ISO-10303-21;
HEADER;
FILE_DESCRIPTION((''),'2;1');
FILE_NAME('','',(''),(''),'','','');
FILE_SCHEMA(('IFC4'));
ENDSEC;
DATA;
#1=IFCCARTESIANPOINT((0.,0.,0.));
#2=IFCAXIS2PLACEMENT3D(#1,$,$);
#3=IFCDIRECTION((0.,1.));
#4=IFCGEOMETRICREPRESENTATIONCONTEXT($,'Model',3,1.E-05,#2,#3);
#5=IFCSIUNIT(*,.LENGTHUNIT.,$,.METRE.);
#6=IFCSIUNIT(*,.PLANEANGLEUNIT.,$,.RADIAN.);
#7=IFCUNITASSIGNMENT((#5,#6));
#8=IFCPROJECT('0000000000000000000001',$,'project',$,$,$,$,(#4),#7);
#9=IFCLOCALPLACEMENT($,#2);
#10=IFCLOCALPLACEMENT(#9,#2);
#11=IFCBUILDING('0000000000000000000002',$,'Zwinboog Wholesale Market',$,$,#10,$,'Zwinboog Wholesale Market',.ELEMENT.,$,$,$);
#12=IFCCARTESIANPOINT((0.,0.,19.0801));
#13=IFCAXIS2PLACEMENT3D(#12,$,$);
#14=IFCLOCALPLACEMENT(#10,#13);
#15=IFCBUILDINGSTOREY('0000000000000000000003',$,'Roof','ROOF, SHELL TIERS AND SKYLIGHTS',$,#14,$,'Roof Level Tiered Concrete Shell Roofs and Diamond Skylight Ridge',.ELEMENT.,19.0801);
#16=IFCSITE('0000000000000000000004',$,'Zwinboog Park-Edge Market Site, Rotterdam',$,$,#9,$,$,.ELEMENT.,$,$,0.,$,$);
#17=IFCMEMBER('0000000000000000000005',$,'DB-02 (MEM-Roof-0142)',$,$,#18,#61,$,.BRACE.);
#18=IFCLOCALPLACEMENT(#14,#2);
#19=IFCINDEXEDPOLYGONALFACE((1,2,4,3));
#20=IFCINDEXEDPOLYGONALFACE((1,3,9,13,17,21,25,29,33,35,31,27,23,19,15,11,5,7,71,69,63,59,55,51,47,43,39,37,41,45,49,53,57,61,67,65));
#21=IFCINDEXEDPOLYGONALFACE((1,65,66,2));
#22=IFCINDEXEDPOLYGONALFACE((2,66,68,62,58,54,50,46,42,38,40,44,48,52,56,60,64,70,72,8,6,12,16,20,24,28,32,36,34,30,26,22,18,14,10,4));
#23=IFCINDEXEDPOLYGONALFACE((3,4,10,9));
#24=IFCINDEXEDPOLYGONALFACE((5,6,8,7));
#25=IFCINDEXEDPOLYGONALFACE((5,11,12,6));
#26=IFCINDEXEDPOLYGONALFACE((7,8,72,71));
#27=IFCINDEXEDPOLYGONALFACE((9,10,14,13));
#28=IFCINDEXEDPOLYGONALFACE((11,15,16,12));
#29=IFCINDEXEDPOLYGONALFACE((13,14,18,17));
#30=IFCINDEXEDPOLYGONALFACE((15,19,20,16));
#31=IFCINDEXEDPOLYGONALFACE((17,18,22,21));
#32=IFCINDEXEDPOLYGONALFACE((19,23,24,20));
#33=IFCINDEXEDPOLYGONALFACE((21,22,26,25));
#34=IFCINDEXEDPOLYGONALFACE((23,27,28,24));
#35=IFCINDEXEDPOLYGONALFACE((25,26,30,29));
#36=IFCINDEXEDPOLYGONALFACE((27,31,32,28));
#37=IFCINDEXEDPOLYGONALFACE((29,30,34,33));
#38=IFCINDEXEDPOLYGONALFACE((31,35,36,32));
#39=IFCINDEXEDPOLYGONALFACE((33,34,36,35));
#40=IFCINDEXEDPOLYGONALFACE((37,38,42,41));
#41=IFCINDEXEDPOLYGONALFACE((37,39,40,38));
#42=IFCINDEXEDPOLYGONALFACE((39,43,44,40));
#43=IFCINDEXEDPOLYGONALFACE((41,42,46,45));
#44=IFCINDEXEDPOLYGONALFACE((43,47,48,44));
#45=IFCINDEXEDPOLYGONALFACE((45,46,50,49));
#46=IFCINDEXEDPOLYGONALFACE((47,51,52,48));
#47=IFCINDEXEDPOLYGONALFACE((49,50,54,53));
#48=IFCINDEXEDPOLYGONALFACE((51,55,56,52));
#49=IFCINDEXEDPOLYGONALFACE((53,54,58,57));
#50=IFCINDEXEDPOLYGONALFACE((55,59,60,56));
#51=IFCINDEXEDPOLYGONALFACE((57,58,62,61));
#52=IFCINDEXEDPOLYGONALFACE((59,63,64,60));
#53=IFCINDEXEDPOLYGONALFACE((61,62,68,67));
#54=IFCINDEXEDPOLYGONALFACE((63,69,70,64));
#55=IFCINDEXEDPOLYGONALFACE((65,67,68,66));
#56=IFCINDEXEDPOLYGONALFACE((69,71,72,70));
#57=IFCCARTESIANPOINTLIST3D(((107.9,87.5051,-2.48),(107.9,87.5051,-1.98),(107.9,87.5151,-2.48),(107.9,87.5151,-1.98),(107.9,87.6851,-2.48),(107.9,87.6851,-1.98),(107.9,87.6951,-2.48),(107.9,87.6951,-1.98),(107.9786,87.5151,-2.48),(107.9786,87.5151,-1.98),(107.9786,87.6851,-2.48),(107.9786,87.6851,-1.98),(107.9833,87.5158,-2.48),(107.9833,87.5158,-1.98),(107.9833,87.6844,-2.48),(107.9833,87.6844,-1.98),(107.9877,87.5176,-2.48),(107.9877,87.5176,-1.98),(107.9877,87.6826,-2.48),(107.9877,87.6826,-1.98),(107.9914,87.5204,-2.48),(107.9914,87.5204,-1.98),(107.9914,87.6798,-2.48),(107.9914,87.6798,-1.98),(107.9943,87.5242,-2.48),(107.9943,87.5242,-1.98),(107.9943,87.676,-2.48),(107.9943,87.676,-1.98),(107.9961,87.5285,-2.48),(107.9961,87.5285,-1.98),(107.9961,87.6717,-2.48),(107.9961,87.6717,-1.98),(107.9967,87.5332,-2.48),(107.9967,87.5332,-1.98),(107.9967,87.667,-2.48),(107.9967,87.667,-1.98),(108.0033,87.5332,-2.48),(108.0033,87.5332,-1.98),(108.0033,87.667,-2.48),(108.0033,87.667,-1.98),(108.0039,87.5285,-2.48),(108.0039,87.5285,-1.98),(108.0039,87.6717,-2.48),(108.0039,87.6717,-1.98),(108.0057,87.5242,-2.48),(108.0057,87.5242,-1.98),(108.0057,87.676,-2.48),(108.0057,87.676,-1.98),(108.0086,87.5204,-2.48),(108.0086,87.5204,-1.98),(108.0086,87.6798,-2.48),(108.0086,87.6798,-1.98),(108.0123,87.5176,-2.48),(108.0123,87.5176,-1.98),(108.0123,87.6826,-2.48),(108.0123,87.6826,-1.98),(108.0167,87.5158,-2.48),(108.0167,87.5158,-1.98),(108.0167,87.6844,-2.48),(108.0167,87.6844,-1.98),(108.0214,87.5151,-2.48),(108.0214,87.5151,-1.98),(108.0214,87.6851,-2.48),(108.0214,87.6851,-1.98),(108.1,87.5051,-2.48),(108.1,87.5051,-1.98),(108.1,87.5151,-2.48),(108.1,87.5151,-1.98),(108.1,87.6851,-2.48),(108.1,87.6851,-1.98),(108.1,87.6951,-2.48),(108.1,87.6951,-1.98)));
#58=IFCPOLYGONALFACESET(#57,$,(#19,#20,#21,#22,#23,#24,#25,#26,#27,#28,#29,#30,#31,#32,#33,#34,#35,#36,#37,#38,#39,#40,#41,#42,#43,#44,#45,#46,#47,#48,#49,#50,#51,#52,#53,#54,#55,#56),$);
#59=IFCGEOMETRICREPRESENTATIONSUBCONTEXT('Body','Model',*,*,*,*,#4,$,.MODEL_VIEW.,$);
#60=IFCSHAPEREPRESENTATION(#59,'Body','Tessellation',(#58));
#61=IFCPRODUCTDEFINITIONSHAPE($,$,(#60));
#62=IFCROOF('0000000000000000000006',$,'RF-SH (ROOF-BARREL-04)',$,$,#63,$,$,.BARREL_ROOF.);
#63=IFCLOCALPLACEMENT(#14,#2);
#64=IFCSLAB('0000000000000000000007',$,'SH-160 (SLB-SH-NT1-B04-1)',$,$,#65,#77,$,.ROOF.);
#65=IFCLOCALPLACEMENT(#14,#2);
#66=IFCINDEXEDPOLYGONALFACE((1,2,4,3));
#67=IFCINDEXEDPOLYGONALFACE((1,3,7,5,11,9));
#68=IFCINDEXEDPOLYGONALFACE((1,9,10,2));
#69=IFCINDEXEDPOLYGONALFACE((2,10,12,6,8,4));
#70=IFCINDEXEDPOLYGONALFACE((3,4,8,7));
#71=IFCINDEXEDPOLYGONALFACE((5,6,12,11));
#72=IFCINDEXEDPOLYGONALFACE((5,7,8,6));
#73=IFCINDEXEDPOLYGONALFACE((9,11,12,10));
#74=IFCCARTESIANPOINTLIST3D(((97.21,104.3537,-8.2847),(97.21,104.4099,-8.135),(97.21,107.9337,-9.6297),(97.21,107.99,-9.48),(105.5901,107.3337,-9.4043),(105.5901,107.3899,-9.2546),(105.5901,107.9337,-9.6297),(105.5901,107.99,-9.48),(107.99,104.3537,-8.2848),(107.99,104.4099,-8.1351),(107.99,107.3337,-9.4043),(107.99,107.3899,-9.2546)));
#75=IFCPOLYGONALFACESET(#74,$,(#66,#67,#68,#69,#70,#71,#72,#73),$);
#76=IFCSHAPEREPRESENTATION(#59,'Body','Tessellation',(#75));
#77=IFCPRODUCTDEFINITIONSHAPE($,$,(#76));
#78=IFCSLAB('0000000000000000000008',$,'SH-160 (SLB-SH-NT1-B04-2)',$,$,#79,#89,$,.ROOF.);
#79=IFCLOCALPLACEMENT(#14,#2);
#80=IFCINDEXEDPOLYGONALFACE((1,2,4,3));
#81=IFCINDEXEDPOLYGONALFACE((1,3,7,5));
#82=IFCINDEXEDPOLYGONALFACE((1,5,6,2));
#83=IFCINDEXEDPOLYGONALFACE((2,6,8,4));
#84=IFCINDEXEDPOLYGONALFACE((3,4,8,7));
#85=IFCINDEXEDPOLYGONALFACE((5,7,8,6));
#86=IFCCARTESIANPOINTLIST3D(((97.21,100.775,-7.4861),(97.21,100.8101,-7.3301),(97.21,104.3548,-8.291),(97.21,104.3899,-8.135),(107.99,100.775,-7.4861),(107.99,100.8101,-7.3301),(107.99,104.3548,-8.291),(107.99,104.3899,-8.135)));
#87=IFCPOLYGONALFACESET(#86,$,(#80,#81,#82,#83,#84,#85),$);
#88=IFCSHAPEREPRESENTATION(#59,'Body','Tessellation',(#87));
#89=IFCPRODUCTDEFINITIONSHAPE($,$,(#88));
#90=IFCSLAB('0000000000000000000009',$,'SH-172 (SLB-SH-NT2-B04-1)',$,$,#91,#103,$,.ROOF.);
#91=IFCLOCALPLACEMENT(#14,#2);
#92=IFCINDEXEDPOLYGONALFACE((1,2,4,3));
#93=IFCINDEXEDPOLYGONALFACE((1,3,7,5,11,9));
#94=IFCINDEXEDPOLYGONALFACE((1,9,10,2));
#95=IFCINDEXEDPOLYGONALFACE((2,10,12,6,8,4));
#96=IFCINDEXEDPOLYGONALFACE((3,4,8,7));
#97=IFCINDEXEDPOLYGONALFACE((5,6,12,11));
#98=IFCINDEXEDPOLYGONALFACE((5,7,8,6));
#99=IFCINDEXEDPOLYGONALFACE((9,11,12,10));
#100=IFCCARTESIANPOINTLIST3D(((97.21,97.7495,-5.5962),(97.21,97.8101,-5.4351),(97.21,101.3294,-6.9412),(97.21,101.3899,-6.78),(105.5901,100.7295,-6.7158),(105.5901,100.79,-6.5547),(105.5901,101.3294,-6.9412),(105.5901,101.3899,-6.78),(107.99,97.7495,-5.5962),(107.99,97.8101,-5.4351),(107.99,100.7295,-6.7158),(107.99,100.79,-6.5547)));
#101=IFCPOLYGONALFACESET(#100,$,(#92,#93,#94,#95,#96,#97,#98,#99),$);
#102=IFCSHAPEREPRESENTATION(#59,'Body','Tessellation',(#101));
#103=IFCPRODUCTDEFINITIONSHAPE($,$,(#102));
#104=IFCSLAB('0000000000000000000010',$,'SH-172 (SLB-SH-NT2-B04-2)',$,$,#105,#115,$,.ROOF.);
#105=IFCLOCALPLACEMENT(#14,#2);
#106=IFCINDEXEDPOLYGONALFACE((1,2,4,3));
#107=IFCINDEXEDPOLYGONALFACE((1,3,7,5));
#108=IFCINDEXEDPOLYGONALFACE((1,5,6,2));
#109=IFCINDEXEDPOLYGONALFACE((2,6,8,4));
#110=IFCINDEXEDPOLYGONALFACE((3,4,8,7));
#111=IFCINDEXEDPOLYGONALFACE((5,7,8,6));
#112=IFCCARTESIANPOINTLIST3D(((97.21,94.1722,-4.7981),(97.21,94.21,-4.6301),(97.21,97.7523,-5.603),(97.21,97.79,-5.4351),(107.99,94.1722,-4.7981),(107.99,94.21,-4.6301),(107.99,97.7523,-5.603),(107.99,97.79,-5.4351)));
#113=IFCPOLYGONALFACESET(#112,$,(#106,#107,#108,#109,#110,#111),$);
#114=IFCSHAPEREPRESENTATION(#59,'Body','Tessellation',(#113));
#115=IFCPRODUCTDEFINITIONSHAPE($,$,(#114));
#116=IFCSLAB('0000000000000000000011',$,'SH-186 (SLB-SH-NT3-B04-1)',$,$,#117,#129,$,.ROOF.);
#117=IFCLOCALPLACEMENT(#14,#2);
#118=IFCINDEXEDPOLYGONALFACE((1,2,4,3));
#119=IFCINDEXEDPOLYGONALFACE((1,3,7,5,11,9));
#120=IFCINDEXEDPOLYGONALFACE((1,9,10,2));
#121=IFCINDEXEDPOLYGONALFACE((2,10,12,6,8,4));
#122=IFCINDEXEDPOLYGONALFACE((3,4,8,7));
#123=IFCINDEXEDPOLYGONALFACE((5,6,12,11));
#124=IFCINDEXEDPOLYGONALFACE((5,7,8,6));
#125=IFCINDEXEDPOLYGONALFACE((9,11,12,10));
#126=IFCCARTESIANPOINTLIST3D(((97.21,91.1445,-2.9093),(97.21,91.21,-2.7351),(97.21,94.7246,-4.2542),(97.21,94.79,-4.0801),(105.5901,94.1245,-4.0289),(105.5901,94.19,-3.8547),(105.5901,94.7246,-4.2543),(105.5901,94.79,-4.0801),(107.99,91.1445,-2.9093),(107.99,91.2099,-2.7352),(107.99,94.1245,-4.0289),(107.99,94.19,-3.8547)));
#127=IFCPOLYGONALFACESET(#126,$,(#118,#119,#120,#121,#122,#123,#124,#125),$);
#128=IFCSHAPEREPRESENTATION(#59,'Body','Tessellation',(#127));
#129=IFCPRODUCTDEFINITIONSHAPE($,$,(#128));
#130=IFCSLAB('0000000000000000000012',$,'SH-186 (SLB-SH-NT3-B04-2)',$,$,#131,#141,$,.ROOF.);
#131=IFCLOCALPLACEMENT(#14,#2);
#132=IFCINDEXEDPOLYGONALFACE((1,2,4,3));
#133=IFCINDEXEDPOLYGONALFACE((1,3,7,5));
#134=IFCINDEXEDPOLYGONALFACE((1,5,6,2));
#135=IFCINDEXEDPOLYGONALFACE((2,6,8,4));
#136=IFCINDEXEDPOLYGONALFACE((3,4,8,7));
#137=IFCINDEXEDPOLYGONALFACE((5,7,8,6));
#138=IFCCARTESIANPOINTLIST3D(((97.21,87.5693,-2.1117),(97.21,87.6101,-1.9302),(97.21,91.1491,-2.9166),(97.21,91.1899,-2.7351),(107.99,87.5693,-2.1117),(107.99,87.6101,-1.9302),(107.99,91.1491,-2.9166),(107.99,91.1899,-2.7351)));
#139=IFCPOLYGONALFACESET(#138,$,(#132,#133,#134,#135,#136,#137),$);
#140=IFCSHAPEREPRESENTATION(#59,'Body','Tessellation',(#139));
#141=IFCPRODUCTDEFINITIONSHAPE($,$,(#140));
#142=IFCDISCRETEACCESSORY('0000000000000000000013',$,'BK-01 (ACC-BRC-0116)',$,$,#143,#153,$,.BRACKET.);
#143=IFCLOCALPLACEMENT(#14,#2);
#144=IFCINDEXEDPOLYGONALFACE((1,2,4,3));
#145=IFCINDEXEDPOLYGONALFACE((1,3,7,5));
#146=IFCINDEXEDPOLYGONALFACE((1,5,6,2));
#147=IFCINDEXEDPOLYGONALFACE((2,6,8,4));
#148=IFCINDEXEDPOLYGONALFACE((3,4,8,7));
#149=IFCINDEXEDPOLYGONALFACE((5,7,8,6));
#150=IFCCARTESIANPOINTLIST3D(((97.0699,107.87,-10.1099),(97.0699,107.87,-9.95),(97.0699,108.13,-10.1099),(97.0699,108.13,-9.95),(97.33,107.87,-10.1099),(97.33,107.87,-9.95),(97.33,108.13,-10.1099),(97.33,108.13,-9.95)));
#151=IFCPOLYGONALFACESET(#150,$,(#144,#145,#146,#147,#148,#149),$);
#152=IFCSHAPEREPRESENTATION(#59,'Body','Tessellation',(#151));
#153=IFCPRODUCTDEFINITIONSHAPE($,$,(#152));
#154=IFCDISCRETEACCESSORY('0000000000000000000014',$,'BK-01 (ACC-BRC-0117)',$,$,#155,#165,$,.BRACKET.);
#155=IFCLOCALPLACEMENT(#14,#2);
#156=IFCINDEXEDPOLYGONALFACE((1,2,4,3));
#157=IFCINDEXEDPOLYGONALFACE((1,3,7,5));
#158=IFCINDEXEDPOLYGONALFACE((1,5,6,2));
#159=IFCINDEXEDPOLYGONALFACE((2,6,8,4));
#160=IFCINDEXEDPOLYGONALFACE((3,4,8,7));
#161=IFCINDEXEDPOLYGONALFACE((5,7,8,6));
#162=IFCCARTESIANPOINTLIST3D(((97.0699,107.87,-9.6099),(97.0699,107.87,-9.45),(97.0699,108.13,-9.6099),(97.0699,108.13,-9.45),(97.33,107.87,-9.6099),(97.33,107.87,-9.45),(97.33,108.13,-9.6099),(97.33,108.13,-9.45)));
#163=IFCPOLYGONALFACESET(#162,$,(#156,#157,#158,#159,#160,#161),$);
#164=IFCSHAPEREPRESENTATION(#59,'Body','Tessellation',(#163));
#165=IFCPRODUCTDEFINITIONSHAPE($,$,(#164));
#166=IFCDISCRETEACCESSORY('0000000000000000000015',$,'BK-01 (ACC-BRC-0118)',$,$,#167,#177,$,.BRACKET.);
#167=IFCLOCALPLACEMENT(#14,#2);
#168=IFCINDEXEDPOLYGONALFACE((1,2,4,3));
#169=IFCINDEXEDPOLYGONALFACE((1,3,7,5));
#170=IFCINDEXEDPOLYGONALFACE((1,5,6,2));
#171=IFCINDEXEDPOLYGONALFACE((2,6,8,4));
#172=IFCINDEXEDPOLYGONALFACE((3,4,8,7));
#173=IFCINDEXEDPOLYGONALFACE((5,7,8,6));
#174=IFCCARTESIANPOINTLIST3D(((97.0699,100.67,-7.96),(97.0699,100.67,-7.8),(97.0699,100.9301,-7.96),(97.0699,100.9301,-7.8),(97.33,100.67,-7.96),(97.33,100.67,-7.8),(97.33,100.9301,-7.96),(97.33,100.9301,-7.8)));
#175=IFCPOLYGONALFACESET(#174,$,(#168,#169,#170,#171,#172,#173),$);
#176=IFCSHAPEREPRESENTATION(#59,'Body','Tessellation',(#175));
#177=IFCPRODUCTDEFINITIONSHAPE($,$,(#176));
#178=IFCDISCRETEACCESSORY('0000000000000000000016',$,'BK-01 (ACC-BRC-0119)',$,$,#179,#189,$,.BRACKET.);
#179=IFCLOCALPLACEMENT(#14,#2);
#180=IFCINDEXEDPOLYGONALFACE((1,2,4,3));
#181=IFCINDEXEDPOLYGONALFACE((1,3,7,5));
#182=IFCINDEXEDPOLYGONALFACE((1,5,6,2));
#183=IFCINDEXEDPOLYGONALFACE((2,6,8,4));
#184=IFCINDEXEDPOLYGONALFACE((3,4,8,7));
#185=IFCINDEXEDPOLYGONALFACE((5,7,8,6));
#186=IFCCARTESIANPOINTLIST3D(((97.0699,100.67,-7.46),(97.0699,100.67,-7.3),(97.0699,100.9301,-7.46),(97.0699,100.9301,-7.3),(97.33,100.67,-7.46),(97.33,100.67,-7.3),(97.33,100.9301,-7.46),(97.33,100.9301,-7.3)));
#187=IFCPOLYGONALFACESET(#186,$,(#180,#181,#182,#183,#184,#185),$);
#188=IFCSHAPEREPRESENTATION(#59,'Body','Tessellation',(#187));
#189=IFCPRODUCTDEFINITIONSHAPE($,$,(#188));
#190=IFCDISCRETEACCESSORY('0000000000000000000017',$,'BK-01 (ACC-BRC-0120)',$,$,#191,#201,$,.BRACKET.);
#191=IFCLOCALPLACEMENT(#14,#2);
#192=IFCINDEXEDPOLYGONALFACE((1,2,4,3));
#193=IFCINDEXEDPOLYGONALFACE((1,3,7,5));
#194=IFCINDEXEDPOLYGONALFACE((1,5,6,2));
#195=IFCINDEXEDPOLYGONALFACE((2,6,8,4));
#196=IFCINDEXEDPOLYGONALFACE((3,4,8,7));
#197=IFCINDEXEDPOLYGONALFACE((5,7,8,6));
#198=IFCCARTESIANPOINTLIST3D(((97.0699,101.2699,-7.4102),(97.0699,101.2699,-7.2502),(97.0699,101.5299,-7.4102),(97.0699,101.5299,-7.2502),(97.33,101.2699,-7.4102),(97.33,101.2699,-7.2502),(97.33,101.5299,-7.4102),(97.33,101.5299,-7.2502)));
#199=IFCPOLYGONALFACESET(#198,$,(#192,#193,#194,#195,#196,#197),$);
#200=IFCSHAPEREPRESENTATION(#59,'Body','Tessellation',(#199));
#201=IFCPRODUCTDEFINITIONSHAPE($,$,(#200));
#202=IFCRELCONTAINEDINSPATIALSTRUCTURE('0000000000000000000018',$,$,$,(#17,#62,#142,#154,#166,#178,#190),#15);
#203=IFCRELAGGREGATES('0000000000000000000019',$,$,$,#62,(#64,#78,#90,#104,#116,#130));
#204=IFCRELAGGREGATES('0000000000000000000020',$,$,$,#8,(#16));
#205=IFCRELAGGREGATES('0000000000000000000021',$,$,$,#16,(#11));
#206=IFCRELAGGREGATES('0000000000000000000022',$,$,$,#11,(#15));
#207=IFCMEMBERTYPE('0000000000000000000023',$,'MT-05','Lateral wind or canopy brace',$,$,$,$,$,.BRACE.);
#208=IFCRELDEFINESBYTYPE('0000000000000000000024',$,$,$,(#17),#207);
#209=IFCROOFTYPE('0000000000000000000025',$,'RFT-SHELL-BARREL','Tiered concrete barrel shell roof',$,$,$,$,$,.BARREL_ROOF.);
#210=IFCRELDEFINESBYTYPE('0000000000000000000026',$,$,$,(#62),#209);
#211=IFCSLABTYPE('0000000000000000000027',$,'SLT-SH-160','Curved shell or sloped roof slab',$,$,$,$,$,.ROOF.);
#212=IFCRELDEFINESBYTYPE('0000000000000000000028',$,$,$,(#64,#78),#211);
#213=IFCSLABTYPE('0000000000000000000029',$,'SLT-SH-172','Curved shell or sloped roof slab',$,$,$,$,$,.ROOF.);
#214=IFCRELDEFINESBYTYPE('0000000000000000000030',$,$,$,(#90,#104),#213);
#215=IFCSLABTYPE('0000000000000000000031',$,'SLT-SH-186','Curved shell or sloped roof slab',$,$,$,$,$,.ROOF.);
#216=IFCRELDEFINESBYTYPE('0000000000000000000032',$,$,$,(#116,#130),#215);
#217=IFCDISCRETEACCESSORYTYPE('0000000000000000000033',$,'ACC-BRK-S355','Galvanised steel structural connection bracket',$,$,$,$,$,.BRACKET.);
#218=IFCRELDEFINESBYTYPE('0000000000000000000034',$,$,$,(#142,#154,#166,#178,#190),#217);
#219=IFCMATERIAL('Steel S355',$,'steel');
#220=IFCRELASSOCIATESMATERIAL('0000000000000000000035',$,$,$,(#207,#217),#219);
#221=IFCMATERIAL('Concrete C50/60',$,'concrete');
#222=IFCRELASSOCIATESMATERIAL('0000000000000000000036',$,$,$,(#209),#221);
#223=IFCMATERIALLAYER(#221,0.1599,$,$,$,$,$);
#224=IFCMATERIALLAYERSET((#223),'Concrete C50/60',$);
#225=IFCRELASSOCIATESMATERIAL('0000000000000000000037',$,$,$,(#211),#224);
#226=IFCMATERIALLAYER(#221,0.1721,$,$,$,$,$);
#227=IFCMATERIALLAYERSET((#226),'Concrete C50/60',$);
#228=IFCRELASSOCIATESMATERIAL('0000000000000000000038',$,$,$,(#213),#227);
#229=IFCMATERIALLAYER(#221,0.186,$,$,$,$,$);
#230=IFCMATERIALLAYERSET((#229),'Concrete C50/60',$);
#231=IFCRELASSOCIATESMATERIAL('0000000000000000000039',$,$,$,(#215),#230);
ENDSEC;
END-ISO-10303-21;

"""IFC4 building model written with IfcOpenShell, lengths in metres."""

from ifc_helpers import new_model, si_unit, direction, frame, origin, origin_2d, place, context, subcontext, project, spatial, polyline, rectangle, i_section, outline, extrude, material, layer, layer_set, material_profile, profile_set, type_object, element, aggregate, save


model = new_model("IFC4")

# Units and contexts
model_context = context("Model", 3, precision=1e-05, world=origin(), true_north=direction((0.0, 1.0)))
body_context = subcontext(model_context, "Body", "Model", "MODEL_VIEW")
ifc_project = project(units=[si_unit("LENGTHUNIT", "METRE"), si_unit("PLANEANGLEUNIT", "RADIAN")], contexts=[model_context])

# Site, building, storey
site_placement = place(None, origin())
site = spatial("IfcSite", under=ifc_project, at=site_placement, Name="Zwinboog Park-Edge Market Site, Rotterdam", CompositionType="ELEMENT", RefElevation=0.0)
building_placement = place(site_placement, origin())
building = spatial("IfcBuilding", under=site, at=building_placement, Name="Zwinboog Wholesale Market", LongName="Zwinboog Wholesale Market", CompositionType="ELEMENT")
storey_placement = place(building_placement, frame((0.0, 0.0, 19.0801)))
storey = spatial("IfcBuildingStorey", under=building, at=storey_placement, Name="Roof", Description="ROOF, SHELL TIERS AND SKYLIGHTS", LongName="Roof Level Tiered Concrete Shell Roofs and Diamond Skylight Ridge", CompositionType="ELEMENT", Elevation=19.0801)

# Member
ifc_material_1 = material(Name="Steel S355", Category="steel")
ifc_material_profile_1 = material_profile(ifc_material_1, i_section(OverallWidth=0.2, OverallDepth=0.1899, WebThickness=0.0066, FlangeThickness=0.01, FilletRadius=0.0181, at=origin_2d()), Name="HEA 200")
ifc_profile_set_1 = profile_set([ifc_material_profile_1], Name="Steel S355")
member_type_1 = type_object("IfcMemberType", Name="MT-05", Description="Lateral wind or canopy brace", PredefinedType="BRACE", material=ifc_profile_set_1)
for number, where, z_axis, x_axis, name in (
    (1, (108.0, 87.6001, -2.48), (0.0, 0.0, 1.0), (1.0, 0.0, 0.0), "DB-02 (MEM-Roof-0142)"),
):
    element("IfcMember", number, at=place(storey_placement, frame(where, z_axis=z_axis, x_axis=x_axis)), inside=storey, type_object=member_type_1, Name=name, PredefinedType="BRACE", context=body_context, shape_type="SweptSolid", body=[
        extrude(i_section(OverallWidth=0.2, OverallDepth=0.1899, WebThickness=0.0066, FlangeThickness=0.01, FilletRadius=0.0181, at=origin_2d()), origin(), (0.0, 0.0, 1.0), 0.5),
    ])

# Roof, slabs
ifc_material_2 = material(Name="Concrete C50/60", Category="concrete")
roof_type = type_object("IfcRoofType", Name="RFT-SHELL-BARREL", Description="Tiered concrete barrel shell roof", PredefinedType="BARREL_ROOF", material=ifc_material_2)
roof_placement = place(storey_placement, origin())
roof = element("IfcRoof", 2, at=roof_placement, inside=storey, type_object=roof_type, Name="RF-SH (ROOF-BARREL-04)", PredefinedType="BARREL_ROOF")
ifc_layer_1 = layer(ifc_material_2, 0.1599)
ifc_layer_set_1 = layer_set([ifc_layer_1], Name="Concrete C50/60")
slab_type_1 = type_object("IfcSlabType", Name="SLT-SH-160", Description="Curved shell or sloped roof slab", PredefinedType="ROOF", material=ifc_layer_set_1)
slab_1_placement = place(storey_placement, frame((97.21, 104.4099, -8.135), z_axis=(0.000005, 0.351689, 0.936117), x_axis=(1.0, -0.000002, -0.000004)))
slab_1 = element("IfcSlab", 3, at=slab_1_placement, type_object=slab_type_1, Name="SH-160 (SLB-SH-NT1-B04-1)", PredefinedType="ROOF", context=body_context, shape_type="SweptSolid", body=[
    extrude(outline(polyline([(0.0, 0.0), (10.78, 0.0), (10.78, 3.1834), (8.3801, 3.1834), (8.3801, 3.8244), (0.0, 3.8244), (0.0, 0.0)])), origin(), (0.0, 0.0, -1.0), 0.1599),
])
slab_2_placement = place(storey_placement, frame((97.21, 100.8101, -7.3301), z_axis=(0.0, 0.219374, 0.975641), x_axis=(1.0, 0.0, 0.0)))
slab_2 = element("IfcSlab", 4, at=slab_2_placement, type_object=slab_type_1, Name="SH-160 (SLB-SH-NT1-B04-2)", PredefinedType="ROOF", context=body_context, shape_type="SweptSolid", body=[
    extrude(outline(polyline([(0.0, 0.0), (10.78, 0.0), (10.78, 3.6692), (0.0, 3.6692), (0.0, 0.0)])), origin(), (0.0, 0.0, -1.0), 0.1599),
])
ifc_layer_2 = layer(ifc_material_2, 0.1721)
ifc_layer_set_2 = layer_set([ifc_layer_2], Name="Concrete C50/60")
slab_type_2 = type_object("IfcSlabType", Name="SLT-SH-172", Description="Curved shell or sloped roof slab", PredefinedType="ROOF", material=ifc_layer_set_2)
slab_3_placement = place(storey_placement, frame((97.21, 97.8101, -5.4351), z_axis=(0.000001, 0.351706, 0.936111), x_axis=(1.0, 0.0, -0.000001)))
slab_3 = element("IfcSlab", 5, at=slab_3_placement, type_object=slab_type_2, Name="SH-172 (SLB-SH-NT2-B04-1)", PredefinedType="ROOF", context=body_context, shape_type="SweptSolid", body=[
    extrude(outline(polyline([(0.0, 0.0), (10.78, 0.0), (10.78, 3.1834), (8.3801, 3.1834), (8.3801, 3.8242), (0.0, 3.8242), (0.0, 0.0)])), origin(), (0.0, 0.0, -1.0), 0.1721),
])
slab_4_placement = place(storey_placement, frame((97.21, 94.21, -4.6301), z_axis=(0.0, 0.21936, 0.975644), x_axis=(1.0, 0.0, 0.0)))
slab_4 = element("IfcSlab", 6, at=slab_4_placement, type_object=slab_type_2, Name="SH-172 (SLB-SH-NT2-B04-2)", PredefinedType="ROOF", context=body_context, shape_type="SweptSolid", body=[
    extrude(outline(polyline([(0.0, 0.0), (10.78, 0.0), (10.78, 3.6695), (0.0, 3.6695), (0.0, 0.0)])), origin(), (0.0, 0.0, -1.0), 0.1721),
])
ifc_layer_3 = layer(ifc_material_2, 0.186)
ifc_layer_set_3 = layer_set([ifc_layer_3], Name="Concrete C50/60")
slab_type_3 = type_object("IfcSlabType", Name="SLT-SH-186", Description="Curved shell or sloped roof slab", PredefinedType="ROOF", material=ifc_layer_set_3)
slab_5_placement = place(storey_placement, frame((97.21, 91.21, -2.7351), z_axis=(0.000005, 0.351689, 0.936117), x_axis=(1.0, -0.000002, -0.000004)))
slab_5 = element("IfcSlab", 7, at=slab_5_placement, type_object=slab_type_3, Name="SH-186 (SLB-SH-NT3-B04-1)", PredefinedType="ROOF", context=body_context, shape_type="SweptSolid", body=[
    extrude(outline(polyline([(0.0, 0.0), (10.78, 0.0), (10.78, 3.1834), (8.3801, 3.1834), (8.3801, 3.8244), (0.0, 3.8244), (0.0, 0.0)])), origin(), (0.0, 0.0, -1.0), 0.186),
])
slab_6_placement = place(storey_placement, frame((97.21, 87.6101, -1.9302), z_axis=(0.0, 0.219374, 0.975641), x_axis=(1.0, 0.0, 0.0)))
slab_6 = element("IfcSlab", 8, at=slab_6_placement, type_object=slab_type_3, Name="SH-186 (SLB-SH-NT3-B04-2)", PredefinedType="ROOF", context=body_context, shape_type="SweptSolid", body=[
    extrude(outline(polyline([(0.0, 0.0), (10.78, 0.0), (10.78, 3.6692), (0.0, 3.6692), (0.0, 0.0)])), origin(), (0.0, 0.0, -1.0), 0.186),
])
aggregate(roof, [slab_1, slab_2, slab_3, slab_4, slab_5, slab_6])

# Discrete accessories
discrete_accessory_type = type_object("IfcDiscreteAccessoryType", Name="ACC-BRK-S355", Description="Galvanised steel structural connection bracket", PredefinedType="BRACKET", material=ifc_material_1)
for number, where, z_axis, x_axis, name in (
    (9, (97.2, 108.0, -10.1099), (0.0, 0.0, 1.0), (1.0, 0.0, 0.0), "BK-01 (ACC-BRC-0116)"),
    (10, (97.2, 108.0, -9.6099), (0.0, 0.0, 1.0), (1.0, 0.0, 0.0), "BK-01 (ACC-BRC-0117)"),
    (11, (97.2, 100.8, -7.96), (0.0, 0.0, 1.0), (1.0, 0.0, 0.0), "BK-01 (ACC-BRC-0118)"),
    (12, (97.2, 100.8, -7.46), (0.0, 0.0, 1.0), (1.0, 0.0, 0.0), "BK-01 (ACC-BRC-0119)"),
    (13, (97.2, 101.3999, -7.4102), (0.0, 0.0, 1.0), (1.0, 0.0, 0.0), "BK-01 (ACC-BRC-0120)"),
):
    element("IfcDiscreteAccessory", number, at=place(storey_placement, frame(where, z_axis=z_axis, x_axis=x_axis)), inside=storey, type_object=discrete_accessory_type, Name=name, PredefinedType="BRACKET", context=body_context, shape_type="SweptSolid", body=[
        extrude(rectangle(XDim=0.26, YDim=0.26, at=origin_2d()), origin(), (0.0, 0.0, 1.0), 0.1599),
    ])

save(model, "model.ifc")
